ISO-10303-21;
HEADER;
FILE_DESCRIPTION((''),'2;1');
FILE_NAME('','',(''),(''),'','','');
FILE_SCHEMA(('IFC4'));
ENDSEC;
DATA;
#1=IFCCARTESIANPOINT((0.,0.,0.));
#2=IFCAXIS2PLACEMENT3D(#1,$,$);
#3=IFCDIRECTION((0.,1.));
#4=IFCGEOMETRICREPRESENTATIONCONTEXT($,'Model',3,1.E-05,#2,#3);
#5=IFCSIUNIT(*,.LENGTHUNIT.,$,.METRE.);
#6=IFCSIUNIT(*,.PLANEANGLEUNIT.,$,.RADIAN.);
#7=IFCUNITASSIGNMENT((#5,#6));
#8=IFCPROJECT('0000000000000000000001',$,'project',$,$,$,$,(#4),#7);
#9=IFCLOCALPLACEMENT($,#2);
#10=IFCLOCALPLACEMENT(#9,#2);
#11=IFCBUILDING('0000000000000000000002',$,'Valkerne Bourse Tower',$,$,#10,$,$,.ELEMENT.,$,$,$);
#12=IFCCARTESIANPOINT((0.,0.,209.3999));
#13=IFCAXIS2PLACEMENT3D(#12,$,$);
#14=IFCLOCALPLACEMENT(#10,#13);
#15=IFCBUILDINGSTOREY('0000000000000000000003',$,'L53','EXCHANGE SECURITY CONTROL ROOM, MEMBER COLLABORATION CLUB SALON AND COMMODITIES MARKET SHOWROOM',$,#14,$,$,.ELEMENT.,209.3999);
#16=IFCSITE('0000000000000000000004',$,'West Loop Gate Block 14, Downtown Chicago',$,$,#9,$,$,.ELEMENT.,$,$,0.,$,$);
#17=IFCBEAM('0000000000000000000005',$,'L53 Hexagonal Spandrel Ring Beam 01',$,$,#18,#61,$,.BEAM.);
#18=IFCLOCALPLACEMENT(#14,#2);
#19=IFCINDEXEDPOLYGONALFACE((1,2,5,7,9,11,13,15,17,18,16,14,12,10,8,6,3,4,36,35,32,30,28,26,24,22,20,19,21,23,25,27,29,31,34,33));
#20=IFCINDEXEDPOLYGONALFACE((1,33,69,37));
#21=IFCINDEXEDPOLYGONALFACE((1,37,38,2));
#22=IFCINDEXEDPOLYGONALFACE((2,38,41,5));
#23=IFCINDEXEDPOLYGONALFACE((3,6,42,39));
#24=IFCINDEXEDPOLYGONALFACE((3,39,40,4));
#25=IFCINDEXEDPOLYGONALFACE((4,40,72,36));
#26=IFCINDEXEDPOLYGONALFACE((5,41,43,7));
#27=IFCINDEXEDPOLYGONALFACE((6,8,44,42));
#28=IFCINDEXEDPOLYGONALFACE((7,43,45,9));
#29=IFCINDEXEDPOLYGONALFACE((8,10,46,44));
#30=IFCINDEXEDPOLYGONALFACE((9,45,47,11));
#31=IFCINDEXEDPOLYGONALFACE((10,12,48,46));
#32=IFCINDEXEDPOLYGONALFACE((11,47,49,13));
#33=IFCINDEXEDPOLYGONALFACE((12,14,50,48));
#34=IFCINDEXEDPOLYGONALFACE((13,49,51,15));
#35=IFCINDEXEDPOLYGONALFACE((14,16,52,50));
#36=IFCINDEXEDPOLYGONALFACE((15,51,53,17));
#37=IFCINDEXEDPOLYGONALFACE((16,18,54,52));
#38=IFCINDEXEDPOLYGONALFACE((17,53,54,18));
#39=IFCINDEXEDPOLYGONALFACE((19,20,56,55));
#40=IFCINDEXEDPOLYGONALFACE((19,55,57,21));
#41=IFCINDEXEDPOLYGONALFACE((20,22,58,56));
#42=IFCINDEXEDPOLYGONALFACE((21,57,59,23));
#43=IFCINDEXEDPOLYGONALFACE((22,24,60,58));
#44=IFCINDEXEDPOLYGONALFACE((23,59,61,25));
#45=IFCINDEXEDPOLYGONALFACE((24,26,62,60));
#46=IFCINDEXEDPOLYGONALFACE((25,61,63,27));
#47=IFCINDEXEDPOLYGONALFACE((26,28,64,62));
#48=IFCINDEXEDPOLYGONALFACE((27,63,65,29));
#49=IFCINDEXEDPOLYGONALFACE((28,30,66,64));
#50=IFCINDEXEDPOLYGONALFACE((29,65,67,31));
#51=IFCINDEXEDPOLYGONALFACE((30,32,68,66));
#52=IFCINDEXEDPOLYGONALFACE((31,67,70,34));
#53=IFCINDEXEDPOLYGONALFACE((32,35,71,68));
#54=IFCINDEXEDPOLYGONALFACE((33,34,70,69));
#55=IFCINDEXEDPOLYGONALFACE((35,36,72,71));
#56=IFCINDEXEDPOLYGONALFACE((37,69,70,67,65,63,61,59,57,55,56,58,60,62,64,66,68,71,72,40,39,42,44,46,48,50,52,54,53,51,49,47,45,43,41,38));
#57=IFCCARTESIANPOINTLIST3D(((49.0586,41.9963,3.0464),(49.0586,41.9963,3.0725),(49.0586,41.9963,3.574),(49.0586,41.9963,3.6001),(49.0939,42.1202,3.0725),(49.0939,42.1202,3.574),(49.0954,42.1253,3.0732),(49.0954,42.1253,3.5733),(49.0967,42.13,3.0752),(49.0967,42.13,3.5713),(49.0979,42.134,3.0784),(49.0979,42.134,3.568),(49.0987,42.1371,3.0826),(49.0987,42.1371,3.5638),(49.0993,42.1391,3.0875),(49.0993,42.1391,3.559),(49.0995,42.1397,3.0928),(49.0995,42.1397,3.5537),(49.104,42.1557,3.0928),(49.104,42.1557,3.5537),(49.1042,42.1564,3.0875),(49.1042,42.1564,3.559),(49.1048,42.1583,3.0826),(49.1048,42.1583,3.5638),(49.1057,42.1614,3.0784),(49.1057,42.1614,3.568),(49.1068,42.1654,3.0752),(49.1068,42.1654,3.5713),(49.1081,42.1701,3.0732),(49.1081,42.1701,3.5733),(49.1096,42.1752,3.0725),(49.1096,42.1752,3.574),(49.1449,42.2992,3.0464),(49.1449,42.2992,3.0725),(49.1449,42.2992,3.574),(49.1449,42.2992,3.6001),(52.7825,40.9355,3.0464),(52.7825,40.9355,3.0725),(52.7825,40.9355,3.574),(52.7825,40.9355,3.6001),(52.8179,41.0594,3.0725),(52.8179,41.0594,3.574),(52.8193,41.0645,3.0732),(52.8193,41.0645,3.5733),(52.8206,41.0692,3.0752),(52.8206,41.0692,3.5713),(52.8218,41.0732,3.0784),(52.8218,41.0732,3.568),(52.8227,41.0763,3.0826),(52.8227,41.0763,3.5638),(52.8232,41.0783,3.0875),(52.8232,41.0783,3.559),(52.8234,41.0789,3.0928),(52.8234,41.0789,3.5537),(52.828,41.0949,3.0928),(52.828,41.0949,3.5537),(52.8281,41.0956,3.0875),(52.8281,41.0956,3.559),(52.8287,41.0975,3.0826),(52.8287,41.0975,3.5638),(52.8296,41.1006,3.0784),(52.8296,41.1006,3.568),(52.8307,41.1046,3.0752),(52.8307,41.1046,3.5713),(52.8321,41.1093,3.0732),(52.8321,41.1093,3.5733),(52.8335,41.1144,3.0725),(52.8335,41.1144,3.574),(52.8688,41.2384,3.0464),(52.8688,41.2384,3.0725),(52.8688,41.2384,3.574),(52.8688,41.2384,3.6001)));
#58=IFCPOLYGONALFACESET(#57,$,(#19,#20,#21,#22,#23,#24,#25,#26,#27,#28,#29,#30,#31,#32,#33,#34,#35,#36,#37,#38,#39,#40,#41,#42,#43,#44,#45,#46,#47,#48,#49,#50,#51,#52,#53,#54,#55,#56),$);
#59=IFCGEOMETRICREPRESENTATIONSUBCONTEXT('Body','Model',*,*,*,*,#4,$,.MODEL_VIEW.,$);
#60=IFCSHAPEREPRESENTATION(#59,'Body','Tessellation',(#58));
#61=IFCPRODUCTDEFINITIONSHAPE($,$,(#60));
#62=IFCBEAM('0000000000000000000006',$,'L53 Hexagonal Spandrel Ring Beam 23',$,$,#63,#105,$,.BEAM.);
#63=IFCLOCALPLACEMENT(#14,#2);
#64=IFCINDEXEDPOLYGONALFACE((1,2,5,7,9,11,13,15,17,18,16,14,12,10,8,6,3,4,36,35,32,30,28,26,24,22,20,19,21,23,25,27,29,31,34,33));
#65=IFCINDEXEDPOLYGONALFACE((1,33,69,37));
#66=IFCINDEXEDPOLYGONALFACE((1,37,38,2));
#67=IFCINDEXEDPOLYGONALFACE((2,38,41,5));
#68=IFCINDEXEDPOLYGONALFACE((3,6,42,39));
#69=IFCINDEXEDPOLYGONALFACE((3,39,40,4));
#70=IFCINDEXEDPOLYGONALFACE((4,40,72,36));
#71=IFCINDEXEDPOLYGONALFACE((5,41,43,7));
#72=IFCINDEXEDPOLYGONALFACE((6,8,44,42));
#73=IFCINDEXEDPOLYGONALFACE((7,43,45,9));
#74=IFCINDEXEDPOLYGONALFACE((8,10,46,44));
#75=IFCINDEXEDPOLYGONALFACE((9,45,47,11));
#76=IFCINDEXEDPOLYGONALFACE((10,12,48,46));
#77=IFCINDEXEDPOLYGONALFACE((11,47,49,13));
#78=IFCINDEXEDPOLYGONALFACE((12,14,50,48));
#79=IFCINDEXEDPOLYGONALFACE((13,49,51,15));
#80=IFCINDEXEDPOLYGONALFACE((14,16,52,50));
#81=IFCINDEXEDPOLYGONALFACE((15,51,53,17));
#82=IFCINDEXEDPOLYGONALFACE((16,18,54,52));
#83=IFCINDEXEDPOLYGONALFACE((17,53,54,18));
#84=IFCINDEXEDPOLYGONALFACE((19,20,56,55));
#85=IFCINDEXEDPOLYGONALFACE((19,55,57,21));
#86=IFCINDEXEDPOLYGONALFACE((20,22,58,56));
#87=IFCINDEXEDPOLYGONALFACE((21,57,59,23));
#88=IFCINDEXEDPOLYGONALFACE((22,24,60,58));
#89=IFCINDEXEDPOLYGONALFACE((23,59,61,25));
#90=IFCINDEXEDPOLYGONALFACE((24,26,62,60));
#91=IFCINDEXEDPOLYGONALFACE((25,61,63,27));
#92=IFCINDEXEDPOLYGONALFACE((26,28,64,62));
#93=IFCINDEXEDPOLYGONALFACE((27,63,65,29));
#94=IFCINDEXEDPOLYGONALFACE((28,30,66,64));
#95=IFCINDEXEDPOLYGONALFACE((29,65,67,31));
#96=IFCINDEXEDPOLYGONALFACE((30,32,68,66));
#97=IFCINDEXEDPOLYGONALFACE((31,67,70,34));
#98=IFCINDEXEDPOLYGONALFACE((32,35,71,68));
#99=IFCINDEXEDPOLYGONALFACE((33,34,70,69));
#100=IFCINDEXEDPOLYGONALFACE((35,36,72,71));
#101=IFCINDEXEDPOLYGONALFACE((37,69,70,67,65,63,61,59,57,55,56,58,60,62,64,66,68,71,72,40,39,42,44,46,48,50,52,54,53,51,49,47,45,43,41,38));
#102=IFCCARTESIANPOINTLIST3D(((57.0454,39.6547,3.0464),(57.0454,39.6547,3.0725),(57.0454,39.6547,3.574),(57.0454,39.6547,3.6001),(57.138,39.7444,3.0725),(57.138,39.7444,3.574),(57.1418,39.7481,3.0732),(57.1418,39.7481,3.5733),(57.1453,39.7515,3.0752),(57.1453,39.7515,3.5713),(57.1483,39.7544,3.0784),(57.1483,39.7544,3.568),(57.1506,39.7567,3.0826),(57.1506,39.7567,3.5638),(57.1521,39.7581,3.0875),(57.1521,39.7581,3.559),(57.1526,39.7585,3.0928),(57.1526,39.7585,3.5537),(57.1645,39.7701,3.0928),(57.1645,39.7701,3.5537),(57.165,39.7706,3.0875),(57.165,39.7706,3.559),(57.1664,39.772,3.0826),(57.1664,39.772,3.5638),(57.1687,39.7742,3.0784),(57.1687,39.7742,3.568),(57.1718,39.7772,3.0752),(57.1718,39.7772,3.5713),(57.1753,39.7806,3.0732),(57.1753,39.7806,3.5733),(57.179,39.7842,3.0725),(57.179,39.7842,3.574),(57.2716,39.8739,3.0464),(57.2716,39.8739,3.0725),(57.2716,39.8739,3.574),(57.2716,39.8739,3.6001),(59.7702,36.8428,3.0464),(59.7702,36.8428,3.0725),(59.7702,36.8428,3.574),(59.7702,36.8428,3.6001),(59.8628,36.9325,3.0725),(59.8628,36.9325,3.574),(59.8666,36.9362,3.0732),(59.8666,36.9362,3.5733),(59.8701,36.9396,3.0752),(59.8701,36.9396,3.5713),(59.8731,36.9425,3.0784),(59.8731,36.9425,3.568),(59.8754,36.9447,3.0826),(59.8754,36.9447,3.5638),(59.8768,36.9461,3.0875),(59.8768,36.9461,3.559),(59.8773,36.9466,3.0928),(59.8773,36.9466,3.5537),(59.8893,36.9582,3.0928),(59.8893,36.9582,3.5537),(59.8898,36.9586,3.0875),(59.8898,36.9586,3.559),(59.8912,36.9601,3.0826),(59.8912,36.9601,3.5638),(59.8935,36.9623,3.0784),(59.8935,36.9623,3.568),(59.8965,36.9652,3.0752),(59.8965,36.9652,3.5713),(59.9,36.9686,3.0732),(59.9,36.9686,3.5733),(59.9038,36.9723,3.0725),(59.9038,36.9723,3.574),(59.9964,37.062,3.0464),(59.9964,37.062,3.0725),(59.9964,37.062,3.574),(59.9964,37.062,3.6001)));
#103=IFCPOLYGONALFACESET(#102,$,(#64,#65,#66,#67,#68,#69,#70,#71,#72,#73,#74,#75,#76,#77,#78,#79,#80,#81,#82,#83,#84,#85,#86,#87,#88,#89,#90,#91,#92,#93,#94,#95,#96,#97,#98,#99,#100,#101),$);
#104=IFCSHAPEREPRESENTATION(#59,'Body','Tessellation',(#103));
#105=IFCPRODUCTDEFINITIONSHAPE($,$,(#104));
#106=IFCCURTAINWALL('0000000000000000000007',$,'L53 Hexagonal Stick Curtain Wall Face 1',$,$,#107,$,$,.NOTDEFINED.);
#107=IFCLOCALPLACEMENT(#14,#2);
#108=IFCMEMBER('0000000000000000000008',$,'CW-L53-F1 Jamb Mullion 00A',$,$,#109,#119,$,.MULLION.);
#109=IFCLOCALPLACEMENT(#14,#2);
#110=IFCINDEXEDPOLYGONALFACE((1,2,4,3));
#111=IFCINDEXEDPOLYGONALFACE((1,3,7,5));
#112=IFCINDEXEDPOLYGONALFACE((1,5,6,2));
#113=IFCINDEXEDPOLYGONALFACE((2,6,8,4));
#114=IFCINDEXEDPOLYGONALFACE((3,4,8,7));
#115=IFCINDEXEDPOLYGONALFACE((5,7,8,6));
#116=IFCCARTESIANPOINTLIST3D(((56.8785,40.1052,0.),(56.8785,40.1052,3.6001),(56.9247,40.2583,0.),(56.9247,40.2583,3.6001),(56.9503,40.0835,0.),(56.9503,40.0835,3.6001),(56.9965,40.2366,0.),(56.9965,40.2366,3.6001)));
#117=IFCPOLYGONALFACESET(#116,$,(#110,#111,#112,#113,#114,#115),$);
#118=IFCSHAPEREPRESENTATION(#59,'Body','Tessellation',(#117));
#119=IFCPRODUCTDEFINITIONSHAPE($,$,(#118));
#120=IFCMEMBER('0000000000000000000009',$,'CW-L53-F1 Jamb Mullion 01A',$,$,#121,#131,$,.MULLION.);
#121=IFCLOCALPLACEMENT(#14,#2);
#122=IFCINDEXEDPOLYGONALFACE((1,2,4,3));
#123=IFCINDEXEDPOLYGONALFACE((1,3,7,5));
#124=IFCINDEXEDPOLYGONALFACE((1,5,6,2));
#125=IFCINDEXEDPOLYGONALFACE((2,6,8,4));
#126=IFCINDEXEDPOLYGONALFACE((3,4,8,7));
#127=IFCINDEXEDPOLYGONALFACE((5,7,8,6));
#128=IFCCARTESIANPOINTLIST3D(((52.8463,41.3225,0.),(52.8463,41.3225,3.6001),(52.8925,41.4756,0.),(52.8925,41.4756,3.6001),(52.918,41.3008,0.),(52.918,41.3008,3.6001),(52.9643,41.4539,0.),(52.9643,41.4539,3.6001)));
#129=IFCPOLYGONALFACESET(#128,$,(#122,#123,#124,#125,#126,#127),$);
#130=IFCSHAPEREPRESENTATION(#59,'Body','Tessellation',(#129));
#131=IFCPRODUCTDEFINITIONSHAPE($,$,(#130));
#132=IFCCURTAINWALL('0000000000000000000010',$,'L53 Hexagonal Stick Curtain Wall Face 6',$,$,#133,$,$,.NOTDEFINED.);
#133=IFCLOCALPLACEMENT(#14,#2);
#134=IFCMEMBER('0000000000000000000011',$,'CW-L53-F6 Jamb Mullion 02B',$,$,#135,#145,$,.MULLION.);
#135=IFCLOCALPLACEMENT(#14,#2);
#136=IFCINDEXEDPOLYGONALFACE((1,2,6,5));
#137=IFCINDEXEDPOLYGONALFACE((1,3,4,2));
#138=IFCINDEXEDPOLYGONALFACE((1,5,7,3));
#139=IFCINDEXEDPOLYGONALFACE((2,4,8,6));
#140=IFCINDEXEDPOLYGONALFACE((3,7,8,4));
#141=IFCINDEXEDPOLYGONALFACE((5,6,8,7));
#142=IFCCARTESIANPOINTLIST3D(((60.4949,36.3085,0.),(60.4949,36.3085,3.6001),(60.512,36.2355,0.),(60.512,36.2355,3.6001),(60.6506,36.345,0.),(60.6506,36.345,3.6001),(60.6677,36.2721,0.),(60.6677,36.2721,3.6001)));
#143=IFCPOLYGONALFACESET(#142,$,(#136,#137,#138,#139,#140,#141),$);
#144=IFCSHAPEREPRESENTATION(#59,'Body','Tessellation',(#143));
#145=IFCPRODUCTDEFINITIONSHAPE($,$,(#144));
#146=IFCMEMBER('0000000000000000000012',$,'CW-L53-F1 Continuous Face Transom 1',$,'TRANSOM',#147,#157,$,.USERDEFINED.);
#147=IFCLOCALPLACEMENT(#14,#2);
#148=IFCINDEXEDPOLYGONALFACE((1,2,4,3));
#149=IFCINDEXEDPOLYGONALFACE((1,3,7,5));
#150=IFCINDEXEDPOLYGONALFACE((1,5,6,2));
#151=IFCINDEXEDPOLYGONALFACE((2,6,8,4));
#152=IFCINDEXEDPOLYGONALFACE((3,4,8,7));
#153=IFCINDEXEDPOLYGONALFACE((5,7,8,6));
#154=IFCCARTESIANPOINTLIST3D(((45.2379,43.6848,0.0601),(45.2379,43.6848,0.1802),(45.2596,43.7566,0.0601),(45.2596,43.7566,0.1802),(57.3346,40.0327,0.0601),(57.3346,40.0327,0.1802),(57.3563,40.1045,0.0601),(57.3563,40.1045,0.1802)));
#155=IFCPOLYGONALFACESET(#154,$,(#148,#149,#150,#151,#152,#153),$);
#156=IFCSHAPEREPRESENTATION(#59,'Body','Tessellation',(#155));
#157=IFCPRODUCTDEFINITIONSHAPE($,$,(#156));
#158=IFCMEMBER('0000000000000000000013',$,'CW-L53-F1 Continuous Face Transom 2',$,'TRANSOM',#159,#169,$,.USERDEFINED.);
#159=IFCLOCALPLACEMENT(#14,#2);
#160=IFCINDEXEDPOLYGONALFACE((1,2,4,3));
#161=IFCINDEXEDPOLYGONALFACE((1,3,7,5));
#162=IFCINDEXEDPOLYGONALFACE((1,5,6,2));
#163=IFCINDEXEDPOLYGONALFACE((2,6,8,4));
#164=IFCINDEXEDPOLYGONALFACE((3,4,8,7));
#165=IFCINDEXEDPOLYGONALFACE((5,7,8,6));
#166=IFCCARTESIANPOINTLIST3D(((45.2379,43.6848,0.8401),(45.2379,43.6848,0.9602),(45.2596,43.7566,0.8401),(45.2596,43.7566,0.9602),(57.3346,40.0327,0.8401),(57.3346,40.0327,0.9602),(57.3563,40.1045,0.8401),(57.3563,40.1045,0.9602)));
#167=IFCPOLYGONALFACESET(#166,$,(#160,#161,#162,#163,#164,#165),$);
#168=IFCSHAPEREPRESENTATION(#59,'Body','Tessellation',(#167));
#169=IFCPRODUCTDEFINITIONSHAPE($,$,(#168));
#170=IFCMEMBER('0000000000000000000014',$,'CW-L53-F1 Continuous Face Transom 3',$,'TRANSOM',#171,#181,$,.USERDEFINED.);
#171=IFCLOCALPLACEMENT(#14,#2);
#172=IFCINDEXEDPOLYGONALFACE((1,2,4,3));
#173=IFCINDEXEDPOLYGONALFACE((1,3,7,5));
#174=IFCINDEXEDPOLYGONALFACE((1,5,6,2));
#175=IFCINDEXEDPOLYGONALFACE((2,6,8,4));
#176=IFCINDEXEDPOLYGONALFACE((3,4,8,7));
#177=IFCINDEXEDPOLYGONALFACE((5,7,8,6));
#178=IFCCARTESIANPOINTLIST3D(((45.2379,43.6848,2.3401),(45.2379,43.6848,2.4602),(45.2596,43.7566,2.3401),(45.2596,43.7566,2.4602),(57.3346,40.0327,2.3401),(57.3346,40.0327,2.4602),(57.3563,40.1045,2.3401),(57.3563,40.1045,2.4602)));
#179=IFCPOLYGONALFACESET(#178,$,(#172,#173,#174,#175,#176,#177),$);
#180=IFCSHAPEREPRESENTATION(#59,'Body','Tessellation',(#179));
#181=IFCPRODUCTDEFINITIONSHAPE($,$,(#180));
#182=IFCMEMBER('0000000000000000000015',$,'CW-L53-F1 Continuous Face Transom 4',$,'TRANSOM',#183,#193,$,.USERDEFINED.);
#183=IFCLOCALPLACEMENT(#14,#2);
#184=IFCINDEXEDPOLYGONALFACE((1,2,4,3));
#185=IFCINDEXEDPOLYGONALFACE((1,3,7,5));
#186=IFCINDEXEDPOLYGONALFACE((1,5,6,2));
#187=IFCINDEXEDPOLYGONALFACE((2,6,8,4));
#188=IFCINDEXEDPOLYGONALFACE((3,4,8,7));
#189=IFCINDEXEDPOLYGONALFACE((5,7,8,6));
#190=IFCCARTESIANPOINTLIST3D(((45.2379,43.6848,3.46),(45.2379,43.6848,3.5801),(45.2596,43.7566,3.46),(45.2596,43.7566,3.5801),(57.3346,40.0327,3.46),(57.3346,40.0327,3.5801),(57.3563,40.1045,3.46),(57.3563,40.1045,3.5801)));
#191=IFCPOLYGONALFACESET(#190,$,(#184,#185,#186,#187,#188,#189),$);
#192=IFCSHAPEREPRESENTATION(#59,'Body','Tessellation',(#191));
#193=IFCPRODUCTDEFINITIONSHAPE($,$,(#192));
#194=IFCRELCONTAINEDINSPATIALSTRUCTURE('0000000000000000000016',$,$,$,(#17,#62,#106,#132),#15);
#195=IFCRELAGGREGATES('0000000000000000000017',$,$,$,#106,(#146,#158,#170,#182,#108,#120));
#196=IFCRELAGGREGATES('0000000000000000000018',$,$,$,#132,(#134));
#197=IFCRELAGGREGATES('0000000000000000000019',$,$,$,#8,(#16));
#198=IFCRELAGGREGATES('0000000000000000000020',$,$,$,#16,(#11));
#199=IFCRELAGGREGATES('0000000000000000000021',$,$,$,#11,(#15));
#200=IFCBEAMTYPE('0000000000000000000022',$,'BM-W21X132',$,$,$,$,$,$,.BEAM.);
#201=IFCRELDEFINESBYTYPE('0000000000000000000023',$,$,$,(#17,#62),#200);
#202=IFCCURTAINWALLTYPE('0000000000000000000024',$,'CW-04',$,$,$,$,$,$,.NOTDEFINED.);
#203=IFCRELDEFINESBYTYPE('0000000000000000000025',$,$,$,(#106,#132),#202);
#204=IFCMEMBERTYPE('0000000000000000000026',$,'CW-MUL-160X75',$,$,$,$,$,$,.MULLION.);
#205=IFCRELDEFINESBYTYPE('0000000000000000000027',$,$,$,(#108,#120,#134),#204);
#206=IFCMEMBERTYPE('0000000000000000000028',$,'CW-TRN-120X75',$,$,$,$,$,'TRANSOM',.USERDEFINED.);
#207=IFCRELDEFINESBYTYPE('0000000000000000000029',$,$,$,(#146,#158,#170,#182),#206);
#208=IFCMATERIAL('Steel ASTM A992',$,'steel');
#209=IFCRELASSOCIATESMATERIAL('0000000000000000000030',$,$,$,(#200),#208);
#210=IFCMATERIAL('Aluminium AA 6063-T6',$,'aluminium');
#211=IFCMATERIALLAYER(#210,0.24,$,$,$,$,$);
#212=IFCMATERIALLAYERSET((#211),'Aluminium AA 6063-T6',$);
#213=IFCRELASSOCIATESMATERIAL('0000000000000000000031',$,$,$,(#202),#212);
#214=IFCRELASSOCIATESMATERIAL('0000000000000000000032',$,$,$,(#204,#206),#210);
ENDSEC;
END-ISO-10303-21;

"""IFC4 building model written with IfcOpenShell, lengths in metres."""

from ifc_helpers import new_model, si_unit, direction, frame, origin, origin_2d, place, context, subcontext, project, spatial, rectangle, i_section, extrude, material, layer, layer_set, material_profile, profile_set, type_object, element, aggregate, save


model = new_model("IFC4")

# Units and contexts
model_context = context("Model", 3, precision=1e-05, world=origin(), true_north=direction((0.0, 1.0)))
body_context = subcontext(model_context, "Body", "Model", "MODEL_VIEW")
ifc_project = project(units=[si_unit("LENGTHUNIT", "METRE"), si_unit("PLANEANGLEUNIT", "RADIAN")], contexts=[model_context])

# Site, building, storey
site_placement = place(None, origin())
site = spatial("IfcSite", under=ifc_project, at=site_placement, Name="West Loop Gate Block 14, Downtown Chicago", CompositionType="ELEMENT", RefElevation=0.0)
building_placement = place(site_placement, origin())
building = spatial("IfcBuilding", under=site, at=building_placement, Name="Valkerne Bourse Tower", CompositionType="ELEMENT")
storey_placement = place(building_placement, frame((0.0, 0.0, 209.3999)))
storey = spatial("IfcBuildingStorey", under=building, at=storey_placement, Name="L53", Description="EXCHANGE SECURITY CONTROL ROOM, MEMBER COLLABORATION CLUB SALON AND COMMODITIES MARKET SHOWROOM", CompositionType="ELEMENT", Elevation=209.3999)

# Beams
ifc_material_1 = material(Name="Steel ASTM A992", Category="steel")
ifc_material_profile_1 = material_profile(ifc_material_1, i_section(OverallWidth=0.3149, OverallDepth=0.5537, WebThickness=0.0166, FlangeThickness=0.0261, FilletRadius=0.0203, at=origin_2d()), Name="W21X132")
ifc_profile_set_1 = profile_set([ifc_material_profile_1], Name="Steel ASTM A992")
beam_type = type_object("IfcBeamType", Name="BM-W21X132", PredefinedType="BEAM", material=ifc_profile_set_1)
for number, where, z_axis, x_axis, name in (
    (1, (52.8257, 41.0869, 3.3232), (-0.96174, 0.273963, 0.0), (-0.273963, -0.96174, 0.0), "L53 Hexagonal Spandrel Ring Beam 01"),
):
    element("IfcBeam", number, at=place(storey_placement, frame(where, z_axis=z_axis, x_axis=x_axis)), inside=storey, type_object=beam_type, Name=name, PredefinedType="BEAM", context=body_context, shape_type="SweptSolid", body=[
        extrude(i_section(OverallWidth=0.3149, OverallDepth=0.5537, WebThickness=0.0166, FlangeThickness=0.0261, FilletRadius=0.0203, at=origin_2d()), origin(), (0.0, 0.0, 1.0), 3.8721),
    ])
beam_placement = place(storey_placement, frame((59.8833, 36.9524, 3.3232), z_axis=(-0.69589, 0.718149, 0.0), x_axis=(-0.718149, -0.69589, 0.0)))
element("IfcBeam", 2, at=beam_placement, inside=storey, type_object=beam_type, Name="L53 Hexagonal Spandrel Ring Beam 23", PredefinedType="BEAM", context=body_context, shape_type="SweptSolid", body=[
    extrude(i_section(OverallWidth=0.3149, OverallDepth=0.5537, WebThickness=0.0166, FlangeThickness=0.0261, FilletRadius=0.0203, at=origin_2d()), origin(), (0.0, 0.0, 1.0), 3.9155),
])

# Curtain wall, members
ifc_material_2 = material(Name="Aluminium AA 6063-T6", Category="aluminium")
ifc_layer_1 = layer(ifc_material_2, 0.24)
ifc_layer_set_1 = layer_set([ifc_layer_1], Name="Aluminium AA 6063-T6")
curtain_wall_type = type_object("IfcCurtainWallType", Name="CW-04", PredefinedType="NOTDEFINED", material=ifc_layer_set_1)
curtain_wall_1_placement = place(storey_placement, origin())
curtain_wall_1 = element("IfcCurtainWall", 3, at=curtain_wall_1_placement, inside=storey, type_object=curtain_wall_type, Name="L53 Hexagonal Stick Curtain Wall Face 1", PredefinedType="NOTDEFINED")
ifc_material_profile_2 = material_profile(ifc_material_2, rectangle(XDim=0.075, YDim=0.1599, at=origin_2d()), Name="CWM-75X160")
ifc_profile_set_2 = profile_set([ifc_material_profile_2], Name="Aluminium AA 6063-T6")
member_type_1 = type_object("IfcMemberType", Name="CW-MUL-160X75", PredefinedType="MULLION", material=ifc_profile_set_2)
member_1_placement = place(storey_placement, frame((56.9375, 40.1709, 0.0), z_axis=(0.0, 0.0, 1.0), x_axis=(-0.957321, 0.289027, 0.0)))
member_1 = element("IfcMember", 4, at=member_1_placement, type_object=member_type_1, Name="CW-L53-F1 Jamb Mullion 00A", PredefinedType="MULLION", context=body_context, shape_type="SweptSolid", body=[
    extrude(rectangle(XDim=0.075, YDim=0.1599, at=origin_2d()), origin(), (0.0, 0.0, 1.0), 3.6001),
])
member_2_placement = place(storey_placement, frame((52.9053, 41.3882, 0.0), z_axis=(0.0, 0.0, 1.0), x_axis=(-0.957319, 0.289033, 0.0)))
member_2 = element("IfcMember", 5, at=member_2_placement, type_object=member_type_1, Name="CW-L53-F1 Jamb Mullion 01A", PredefinedType="MULLION", context=body_context, shape_type="SweptSolid", body=[
    extrude(rectangle(XDim=0.075, YDim=0.1599, at=origin_2d()), origin(), (0.0, 0.0, 1.0), 3.6001),
])

# Curtain wall, member
curtain_wall_2_placement = place(storey_placement, origin())
curtain_wall_2 = element("IfcCurtainWall", 6, at=curtain_wall_2_placement, inside=storey, type_object=curtain_wall_type, Name="L53 Hexagonal Stick Curtain Wall Face 6", PredefinedType="NOTDEFINED")
member_3_placement = place(storey_placement, frame((60.5813, 36.2903, 0.0), z_axis=(0.0, 0.0, 1.0), x_axis=(-0.228349, 0.973579, 0.0)))
member_3 = element("IfcMember", 7, at=member_3_placement, type_object=member_type_1, Name="CW-L53-F6 Jamb Mullion 02B", PredefinedType="MULLION", context=body_context, shape_type="SweptSolid", body=[
    extrude(rectangle(XDim=0.075, YDim=0.1599, at=origin_2d()), origin(), (0.0, 0.0, 1.0), 3.6001),
])

# Members
ifc_material_profile_3 = material_profile(ifc_material_2, rectangle(XDim=0.075, YDim=0.1201, at=origin_2d()), Name="CWT-75X120")
ifc_profile_set_3 = profile_set([ifc_material_profile_3], Name="Aluminium AA 6063-T6")
member_type_2 = type_object("IfcMemberType", Name="CW-TRN-120X75", ElementType="TRANSOM", PredefinedType="USERDEFINED", material=ifc_profile_set_3)
member_4_placement = place(storey_placement, frame((57.3455, 40.0686, 0.1201), z_axis=(-0.957322, 0.289024, 0.0), x_axis=(-0.289024, -0.957322, 0.0)))
member_4 = element("IfcMember", 8, at=member_4_placement, type_object=member_type_2, Name="CW-L53-F1 Continuous Face Transom 1", ObjectType="TRANSOM", PredefinedType="USERDEFINED", context=body_context, shape_type="SweptSolid", body=[
    extrude(rectangle(XDim=0.075, YDim=0.1201, at=origin_2d()), origin(), (0.0, 0.0, 1.0), 12.636),
])
member_5_placement = place(storey_placement, frame((57.3455, 40.0686, 0.9001), z_axis=(-0.957322, 0.289024, 0.0), x_axis=(-0.289024, -0.957322, 0.0)))
member_5 = element("IfcMember", 9, at=member_5_placement, type_object=member_type_2, Name="CW-L53-F1 Continuous Face Transom 2", ObjectType="TRANSOM", PredefinedType="USERDEFINED", context=body_context, shape_type="SweptSolid", body=[
    extrude(rectangle(XDim=0.075, YDim=0.1201, at=origin_2d()), origin(), (0.0, 0.0, 1.0), 12.636),
])
member_6_placement = place(storey_placement, frame((57.3455, 40.0686, 2.4001), z_axis=(-0.957322, 0.289024, 0.0), x_axis=(-0.289024, -0.957322, 0.0)))
member_6 = element("IfcMember", 10, at=member_6_placement, type_object=member_type_2, Name="CW-L53-F1 Continuous Face Transom 3", ObjectType="TRANSOM", PredefinedType="USERDEFINED", context=body_context, shape_type="SweptSolid", body=[
    extrude(rectangle(XDim=0.075, YDim=0.1201, at=origin_2d()), origin(), (0.0, 0.0, 1.0), 12.636),
])
member_7_placement = place(storey_placement, frame((57.3455, 40.0686, 3.52), z_axis=(-0.957322, 0.289024, 0.0), x_axis=(-0.289024, -0.957322, 0.0)))
member_7 = element("IfcMember", 11, at=member_7_placement, type_object=member_type_2, Name="CW-L53-F1 Continuous Face Transom 4", ObjectType="TRANSOM", PredefinedType="USERDEFINED", context=body_context, shape_type="SweptSolid", body=[
    extrude(rectangle(XDim=0.075, YDim=0.1201, at=origin_2d()), origin(), (0.0, 0.0, 1.0), 12.636),
])

aggregate(curtain_wall_1, [member_4, member_5, member_6, member_7, member_1, member_2])
aggregate(curtain_wall_2, [member_3])

save(model, "model.ifc")
